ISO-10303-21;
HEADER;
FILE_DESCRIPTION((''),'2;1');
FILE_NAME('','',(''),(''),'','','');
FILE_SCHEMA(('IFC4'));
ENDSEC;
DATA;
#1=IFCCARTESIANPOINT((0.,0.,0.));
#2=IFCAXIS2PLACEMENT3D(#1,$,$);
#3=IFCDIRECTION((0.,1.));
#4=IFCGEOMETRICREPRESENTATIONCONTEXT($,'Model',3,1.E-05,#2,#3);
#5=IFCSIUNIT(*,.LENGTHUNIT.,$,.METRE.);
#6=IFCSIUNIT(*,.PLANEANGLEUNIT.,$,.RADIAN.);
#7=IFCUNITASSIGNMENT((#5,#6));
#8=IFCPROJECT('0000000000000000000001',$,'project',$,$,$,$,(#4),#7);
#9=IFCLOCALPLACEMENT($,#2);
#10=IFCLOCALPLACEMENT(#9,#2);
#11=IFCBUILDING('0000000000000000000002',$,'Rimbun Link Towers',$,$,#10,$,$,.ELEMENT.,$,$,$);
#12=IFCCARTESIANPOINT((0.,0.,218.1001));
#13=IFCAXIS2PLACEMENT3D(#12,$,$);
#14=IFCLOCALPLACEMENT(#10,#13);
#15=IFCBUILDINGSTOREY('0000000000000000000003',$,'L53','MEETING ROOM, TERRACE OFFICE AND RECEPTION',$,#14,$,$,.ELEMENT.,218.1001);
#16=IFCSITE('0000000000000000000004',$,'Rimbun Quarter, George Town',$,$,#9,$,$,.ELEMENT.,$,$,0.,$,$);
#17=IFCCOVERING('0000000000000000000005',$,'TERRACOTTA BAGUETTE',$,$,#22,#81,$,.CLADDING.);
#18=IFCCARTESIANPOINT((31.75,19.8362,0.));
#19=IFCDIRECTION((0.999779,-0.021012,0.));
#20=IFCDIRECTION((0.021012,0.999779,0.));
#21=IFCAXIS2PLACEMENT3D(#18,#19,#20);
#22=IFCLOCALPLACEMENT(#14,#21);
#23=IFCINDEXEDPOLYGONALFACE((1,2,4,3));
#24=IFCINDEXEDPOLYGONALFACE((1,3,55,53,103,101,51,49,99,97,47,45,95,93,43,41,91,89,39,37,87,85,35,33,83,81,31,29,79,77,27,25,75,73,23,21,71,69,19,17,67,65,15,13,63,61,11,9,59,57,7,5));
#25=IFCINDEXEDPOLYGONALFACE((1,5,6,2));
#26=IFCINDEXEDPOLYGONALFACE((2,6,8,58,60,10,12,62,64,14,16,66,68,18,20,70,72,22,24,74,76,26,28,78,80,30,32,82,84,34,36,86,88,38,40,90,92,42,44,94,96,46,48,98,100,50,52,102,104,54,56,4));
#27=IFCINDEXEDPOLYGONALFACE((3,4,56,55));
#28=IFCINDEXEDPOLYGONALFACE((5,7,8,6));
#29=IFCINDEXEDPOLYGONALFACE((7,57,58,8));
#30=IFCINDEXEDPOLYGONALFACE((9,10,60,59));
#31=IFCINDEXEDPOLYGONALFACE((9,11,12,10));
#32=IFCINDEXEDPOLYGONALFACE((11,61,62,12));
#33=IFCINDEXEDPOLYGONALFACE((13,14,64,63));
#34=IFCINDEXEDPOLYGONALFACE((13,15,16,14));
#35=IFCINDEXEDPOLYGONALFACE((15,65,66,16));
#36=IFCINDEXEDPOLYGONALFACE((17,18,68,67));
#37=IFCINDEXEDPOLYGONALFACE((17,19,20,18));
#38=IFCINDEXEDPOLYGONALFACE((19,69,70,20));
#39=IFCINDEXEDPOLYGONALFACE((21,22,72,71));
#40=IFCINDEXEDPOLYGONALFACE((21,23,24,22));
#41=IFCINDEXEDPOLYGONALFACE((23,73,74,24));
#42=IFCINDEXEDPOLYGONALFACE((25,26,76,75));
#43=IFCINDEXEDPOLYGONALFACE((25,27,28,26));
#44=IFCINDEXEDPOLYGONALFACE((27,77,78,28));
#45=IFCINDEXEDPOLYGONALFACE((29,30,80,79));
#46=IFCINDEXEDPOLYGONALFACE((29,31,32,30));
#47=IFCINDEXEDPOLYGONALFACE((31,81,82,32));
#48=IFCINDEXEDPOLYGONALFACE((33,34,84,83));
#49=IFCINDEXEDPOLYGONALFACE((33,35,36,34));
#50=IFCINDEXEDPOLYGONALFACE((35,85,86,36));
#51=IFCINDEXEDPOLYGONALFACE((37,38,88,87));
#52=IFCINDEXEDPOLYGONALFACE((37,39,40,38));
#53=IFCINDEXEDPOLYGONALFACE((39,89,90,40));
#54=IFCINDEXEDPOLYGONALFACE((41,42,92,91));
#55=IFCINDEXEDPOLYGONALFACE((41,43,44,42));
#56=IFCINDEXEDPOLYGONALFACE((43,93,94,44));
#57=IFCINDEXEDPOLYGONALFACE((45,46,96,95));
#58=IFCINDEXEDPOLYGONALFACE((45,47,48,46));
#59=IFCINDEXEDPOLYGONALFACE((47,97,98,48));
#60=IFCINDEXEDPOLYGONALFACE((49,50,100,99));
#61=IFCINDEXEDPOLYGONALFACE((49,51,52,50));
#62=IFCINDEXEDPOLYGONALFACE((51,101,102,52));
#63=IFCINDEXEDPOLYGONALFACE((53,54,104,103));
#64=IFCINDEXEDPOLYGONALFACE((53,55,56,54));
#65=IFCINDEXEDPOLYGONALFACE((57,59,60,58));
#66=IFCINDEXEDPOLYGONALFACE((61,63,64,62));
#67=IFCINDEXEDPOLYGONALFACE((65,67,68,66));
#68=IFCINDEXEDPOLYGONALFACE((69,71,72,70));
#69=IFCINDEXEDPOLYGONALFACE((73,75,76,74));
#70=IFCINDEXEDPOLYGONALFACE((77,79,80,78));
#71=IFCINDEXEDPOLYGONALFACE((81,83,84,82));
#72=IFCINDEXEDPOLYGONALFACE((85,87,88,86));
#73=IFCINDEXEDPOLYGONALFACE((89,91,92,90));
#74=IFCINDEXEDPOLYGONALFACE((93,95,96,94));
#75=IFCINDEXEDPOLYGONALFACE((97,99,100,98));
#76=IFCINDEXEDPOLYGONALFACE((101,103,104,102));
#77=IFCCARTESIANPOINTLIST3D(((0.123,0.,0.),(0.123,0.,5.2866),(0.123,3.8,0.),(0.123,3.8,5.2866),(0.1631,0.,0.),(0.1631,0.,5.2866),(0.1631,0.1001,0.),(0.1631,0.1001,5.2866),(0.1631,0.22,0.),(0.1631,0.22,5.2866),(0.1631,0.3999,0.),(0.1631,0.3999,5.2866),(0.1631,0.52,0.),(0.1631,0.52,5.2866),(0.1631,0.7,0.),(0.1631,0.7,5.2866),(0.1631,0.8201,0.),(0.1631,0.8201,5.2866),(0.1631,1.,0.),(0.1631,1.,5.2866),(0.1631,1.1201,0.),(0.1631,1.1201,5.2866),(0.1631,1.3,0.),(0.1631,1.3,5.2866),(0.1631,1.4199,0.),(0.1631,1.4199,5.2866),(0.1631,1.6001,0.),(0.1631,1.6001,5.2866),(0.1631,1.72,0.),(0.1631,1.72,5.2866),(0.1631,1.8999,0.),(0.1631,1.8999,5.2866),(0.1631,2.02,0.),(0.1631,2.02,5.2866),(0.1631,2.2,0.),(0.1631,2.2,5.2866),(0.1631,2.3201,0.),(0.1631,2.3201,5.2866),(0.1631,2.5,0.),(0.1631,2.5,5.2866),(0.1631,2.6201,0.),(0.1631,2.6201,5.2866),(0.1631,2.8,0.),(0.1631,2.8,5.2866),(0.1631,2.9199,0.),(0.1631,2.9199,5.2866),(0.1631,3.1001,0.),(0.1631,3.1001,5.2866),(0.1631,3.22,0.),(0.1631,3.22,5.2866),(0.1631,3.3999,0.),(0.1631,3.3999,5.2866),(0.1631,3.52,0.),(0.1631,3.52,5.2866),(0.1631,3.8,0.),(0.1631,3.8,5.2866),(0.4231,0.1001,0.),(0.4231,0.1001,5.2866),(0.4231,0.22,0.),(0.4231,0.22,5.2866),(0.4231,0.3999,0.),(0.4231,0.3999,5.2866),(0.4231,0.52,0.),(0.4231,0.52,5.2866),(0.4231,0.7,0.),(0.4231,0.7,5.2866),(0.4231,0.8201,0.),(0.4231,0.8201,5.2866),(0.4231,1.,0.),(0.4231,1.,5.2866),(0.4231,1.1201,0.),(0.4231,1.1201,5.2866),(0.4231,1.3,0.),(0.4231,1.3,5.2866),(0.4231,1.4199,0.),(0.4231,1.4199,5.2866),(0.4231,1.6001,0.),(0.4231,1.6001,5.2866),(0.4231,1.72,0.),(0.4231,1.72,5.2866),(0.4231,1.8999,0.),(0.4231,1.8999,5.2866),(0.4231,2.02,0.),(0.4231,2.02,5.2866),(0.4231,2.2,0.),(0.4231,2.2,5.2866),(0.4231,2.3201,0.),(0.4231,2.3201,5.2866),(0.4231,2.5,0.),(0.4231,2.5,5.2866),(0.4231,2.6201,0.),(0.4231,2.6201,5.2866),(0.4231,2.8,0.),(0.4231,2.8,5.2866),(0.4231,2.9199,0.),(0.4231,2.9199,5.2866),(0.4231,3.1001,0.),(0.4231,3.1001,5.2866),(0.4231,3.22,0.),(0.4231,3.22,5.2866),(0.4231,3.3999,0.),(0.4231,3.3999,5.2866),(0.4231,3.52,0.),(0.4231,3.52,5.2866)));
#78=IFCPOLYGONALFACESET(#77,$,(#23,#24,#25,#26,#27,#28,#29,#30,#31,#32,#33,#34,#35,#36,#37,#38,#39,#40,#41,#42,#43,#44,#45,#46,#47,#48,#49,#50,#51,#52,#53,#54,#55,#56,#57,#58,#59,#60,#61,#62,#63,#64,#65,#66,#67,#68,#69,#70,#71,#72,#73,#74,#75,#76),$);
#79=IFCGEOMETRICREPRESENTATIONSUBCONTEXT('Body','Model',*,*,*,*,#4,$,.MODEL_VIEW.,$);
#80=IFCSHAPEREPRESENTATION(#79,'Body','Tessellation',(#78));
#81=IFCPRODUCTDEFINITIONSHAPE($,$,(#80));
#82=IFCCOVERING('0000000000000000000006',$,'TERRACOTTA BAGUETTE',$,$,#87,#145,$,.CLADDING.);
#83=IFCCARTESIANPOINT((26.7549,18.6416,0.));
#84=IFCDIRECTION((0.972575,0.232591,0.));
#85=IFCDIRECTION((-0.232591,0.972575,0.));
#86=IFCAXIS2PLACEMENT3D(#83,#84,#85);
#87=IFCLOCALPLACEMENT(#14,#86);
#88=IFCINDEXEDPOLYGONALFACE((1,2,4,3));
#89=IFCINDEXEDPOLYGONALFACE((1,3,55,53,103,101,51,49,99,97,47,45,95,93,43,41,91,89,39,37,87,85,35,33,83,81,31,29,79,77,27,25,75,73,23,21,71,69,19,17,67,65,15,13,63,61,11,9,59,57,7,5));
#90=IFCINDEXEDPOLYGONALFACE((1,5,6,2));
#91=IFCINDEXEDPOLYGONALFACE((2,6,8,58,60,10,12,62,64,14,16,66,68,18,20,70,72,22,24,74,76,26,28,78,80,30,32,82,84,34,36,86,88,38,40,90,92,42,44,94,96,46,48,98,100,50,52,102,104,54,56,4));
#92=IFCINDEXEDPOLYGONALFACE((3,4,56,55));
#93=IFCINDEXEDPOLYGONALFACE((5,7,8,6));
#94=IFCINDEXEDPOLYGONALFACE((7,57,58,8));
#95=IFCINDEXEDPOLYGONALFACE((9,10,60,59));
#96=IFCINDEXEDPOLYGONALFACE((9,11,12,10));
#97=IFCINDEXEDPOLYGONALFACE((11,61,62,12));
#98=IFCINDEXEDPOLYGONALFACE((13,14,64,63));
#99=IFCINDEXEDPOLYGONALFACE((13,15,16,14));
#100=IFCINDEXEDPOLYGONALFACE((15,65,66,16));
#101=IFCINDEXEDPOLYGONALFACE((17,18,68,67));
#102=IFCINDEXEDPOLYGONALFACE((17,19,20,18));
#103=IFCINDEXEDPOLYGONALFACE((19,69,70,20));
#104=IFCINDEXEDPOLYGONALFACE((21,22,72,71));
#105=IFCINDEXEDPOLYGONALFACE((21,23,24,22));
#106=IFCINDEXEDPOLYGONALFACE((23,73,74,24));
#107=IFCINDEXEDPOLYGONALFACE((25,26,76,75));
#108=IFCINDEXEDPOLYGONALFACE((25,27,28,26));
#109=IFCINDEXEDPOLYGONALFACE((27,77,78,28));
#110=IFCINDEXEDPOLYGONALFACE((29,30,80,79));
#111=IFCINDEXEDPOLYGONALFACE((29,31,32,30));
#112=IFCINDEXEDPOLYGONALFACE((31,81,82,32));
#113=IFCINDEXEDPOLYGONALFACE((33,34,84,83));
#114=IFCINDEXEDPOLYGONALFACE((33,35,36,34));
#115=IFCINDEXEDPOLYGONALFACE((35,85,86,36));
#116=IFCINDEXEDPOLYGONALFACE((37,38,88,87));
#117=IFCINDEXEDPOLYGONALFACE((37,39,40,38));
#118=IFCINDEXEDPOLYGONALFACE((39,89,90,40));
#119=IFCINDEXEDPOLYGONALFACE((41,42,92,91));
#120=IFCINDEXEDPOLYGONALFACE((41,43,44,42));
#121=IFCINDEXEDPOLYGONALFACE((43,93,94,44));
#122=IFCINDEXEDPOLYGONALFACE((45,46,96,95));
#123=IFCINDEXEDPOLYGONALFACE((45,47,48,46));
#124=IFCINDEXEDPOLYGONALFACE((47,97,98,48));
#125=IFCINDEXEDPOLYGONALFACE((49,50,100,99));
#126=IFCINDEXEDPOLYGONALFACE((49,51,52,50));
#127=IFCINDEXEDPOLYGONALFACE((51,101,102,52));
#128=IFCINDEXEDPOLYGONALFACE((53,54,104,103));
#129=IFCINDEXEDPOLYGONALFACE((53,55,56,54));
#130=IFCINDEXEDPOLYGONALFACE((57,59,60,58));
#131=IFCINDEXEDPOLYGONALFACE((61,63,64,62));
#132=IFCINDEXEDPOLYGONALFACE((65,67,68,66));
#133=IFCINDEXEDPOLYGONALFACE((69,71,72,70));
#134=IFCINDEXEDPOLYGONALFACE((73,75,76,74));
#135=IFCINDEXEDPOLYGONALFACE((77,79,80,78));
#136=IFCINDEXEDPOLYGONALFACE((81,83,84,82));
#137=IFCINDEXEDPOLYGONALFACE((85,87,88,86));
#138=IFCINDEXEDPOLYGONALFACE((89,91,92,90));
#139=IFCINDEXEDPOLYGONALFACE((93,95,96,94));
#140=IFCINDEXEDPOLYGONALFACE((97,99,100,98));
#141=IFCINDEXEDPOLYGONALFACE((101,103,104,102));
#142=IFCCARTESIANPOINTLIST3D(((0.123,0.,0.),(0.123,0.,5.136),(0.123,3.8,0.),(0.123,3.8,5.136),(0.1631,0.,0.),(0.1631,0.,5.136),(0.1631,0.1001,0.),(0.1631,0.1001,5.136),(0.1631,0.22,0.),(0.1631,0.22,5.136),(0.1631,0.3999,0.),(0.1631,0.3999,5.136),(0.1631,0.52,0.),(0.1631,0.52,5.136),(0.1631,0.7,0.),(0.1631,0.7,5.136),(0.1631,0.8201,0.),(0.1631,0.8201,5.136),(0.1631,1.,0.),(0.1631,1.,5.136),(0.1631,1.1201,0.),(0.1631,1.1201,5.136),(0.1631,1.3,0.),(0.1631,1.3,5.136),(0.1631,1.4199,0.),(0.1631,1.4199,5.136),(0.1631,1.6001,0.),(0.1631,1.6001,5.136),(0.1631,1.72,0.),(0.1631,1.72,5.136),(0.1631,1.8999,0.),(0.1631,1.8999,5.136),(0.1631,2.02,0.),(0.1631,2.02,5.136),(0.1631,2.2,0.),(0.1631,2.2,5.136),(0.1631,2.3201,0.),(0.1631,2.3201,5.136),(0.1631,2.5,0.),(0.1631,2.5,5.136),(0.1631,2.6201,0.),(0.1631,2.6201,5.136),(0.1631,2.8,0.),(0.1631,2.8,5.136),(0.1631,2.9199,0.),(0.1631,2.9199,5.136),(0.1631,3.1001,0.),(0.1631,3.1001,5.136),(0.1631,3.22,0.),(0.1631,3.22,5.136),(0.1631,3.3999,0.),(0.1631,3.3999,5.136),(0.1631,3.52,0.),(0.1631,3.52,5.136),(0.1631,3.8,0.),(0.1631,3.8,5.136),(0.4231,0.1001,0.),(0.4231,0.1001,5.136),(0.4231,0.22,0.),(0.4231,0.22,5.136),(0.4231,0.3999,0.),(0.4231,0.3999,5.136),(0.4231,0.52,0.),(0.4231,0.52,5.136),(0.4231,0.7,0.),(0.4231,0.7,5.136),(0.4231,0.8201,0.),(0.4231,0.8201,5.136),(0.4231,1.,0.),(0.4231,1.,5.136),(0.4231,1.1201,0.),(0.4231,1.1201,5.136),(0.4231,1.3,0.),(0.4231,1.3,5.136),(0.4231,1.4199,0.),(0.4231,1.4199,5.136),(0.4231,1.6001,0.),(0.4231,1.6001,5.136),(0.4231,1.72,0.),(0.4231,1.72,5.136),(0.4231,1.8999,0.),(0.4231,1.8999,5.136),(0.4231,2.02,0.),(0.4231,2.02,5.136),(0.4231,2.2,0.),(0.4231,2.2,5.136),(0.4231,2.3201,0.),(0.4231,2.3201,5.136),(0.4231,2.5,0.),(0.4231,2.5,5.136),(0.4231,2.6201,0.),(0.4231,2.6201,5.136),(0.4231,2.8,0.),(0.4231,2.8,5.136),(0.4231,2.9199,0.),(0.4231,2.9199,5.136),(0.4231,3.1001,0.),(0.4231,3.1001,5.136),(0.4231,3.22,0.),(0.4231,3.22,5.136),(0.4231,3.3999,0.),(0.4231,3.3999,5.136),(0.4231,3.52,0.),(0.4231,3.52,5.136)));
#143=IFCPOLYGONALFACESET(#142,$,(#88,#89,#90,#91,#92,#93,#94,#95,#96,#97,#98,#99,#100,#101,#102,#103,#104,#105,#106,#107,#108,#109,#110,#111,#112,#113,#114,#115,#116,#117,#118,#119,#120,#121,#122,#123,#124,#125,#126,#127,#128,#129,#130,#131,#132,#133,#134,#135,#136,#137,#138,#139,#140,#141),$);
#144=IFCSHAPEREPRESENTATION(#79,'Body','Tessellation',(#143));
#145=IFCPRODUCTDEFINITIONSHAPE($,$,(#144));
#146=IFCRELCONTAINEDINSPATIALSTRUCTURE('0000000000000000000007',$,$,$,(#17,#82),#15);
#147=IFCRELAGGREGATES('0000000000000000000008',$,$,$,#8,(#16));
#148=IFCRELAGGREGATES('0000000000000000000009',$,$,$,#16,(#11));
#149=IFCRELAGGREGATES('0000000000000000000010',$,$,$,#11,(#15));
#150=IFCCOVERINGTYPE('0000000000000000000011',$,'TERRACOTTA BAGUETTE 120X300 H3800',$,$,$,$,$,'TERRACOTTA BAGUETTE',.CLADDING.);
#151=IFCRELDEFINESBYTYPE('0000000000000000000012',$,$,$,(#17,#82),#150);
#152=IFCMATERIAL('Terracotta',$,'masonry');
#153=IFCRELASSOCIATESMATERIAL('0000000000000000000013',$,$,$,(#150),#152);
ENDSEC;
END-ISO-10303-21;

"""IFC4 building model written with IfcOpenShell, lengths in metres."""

from ifc_helpers import new_model, si_unit, direction, frame, origin, place, context, subcontext, project, spatial, polyline, outline, extrude, material, material_profile, profile_set, type_object, element, save


model = new_model("IFC4")

# Units and contexts
model_context = context("Model", 3, precision=1e-05, world=origin(), true_north=direction((0.0, 1.0)))
body_context = subcontext(model_context, "Body", "Model", "MODEL_VIEW")
ifc_project = project(units=[si_unit("LENGTHUNIT", "METRE"), si_unit("PLANEANGLEUNIT", "RADIAN")], contexts=[model_context])

# Site, building, storey
site_placement = place(None, origin())
site = spatial("IfcSite", under=ifc_project, at=site_placement, Name="Rimbun Quarter, George Town", CompositionType="ELEMENT", RefElevation=0.0)
building_placement = place(site_placement, origin())
building = spatial("IfcBuilding", under=site, at=building_placement, Name="Rimbun Link Towers", CompositionType="ELEMENT")
storey_placement = place(building_placement, frame((0.0, 0.0, 218.1001)))
storey = spatial("IfcBuildingStorey", under=building, at=storey_placement, Name="L53", Description="MEETING ROOM, TERRACE OFFICE AND RECEPTION", CompositionType="ELEMENT", Elevation=218.1001)

# Coverings
ifc_material_1 = material(Name="Terracotta", Category="masonry")
ifc_material_profile_1 = material_profile(ifc_material_1, outline(polyline([(0.123, 0.0), (0.1631, 0.0), (0.1631, 0.1001), (0.4231, 0.1001), (0.4231, 0.22), (0.1631, 0.22), (0.1631, 0.3999), (0.4231, 0.3999), (0.4231, 0.52), (0.1631, 0.52), (0.1631, 0.7), (0.4231, 0.7), (0.4231, 0.8201), (0.1631, 0.8201), (0.1631, 1.0), (0.4231, 1.0), (0.4231, 1.1201), (0.1631, 1.1201), (0.1631, 1.3), (0.4231, 1.3), (0.4231, 1.4199), (0.1631, 1.4199), (0.1631, 1.6001), (0.4231, 1.6001), (0.4231, 1.72), (0.1631, 1.72), (0.1631, 1.8999), (0.4231, 1.8999), (0.4231, 2.02), (0.1631, 2.02), (0.1631, 2.2), (0.4231, 2.2), (0.4231, 2.3201), (0.1631, 2.3201), (0.1631, 2.5), (0.4231, 2.5), (0.4231, 2.6201), (0.1631, 2.6201), (0.1631, 2.8), (0.4231, 2.8), (0.4231, 2.9199), (0.1631, 2.9199), (0.1631, 3.1001), (0.4231, 3.1001), (0.4231, 3.22), (0.1631, 3.22), (0.1631, 3.3999), (0.4231, 3.3999), (0.4231, 3.52), (0.1631, 3.52), (0.1631, 3.8), (0.123, 3.8), (0.123, 0.0)])), Name="BAGUETTE 120X300")
ifc_profile_set_1 = profile_set([ifc_material_profile_1], Name="Terracotta")
covering_type = type_object("IfcCoveringType", Name="TERRACOTTA BAGUETTE 120X300 H3800", ElementType="TERRACOTTA BAGUETTE", PredefinedType="CLADDING", material=ifc_profile_set_1)
covering_1_placement = place(storey_placement, frame((31.75, 19.8362, 0.0), z_axis=(0.999779, -0.021012, 0.0), x_axis=(0.021012, 0.999779, 0.0)))
element("IfcCovering", 1, at=covering_1_placement, inside=storey, type_object=covering_type, Name="TERRACOTTA BAGUETTE", PredefinedType="CLADDING", context=body_context, shape_type="SweptSolid", body=[
    extrude(outline(polyline([(0.123, 0.0), (0.1631, 0.0), (0.1631, 0.1001), (0.4231, 0.1001), (0.4231, 0.22), (0.1631, 0.22), (0.1631, 0.3999), (0.4231, 0.3999), (0.4231, 0.52), (0.1631, 0.52), (0.1631, 0.7), (0.4231, 0.7), (0.4231, 0.8201), (0.1631, 0.8201), (0.1631, 1.0), (0.4231, 1.0), (0.4231, 1.1201), (0.1631, 1.1201), (0.1631, 1.3), (0.4231, 1.3), (0.4231, 1.4199), (0.1631, 1.4199), (0.1631, 1.6001), (0.4231, 1.6001), (0.4231, 1.72), (0.1631, 1.72), (0.1631, 1.8999), (0.4231, 1.8999), (0.4231, 2.02), (0.1631, 2.02), (0.1631, 2.2), (0.4231, 2.2), (0.4231, 2.3201), (0.1631, 2.3201), (0.1631, 2.5), (0.4231, 2.5), (0.4231, 2.6201), (0.1631, 2.6201), (0.1631, 2.8), (0.4231, 2.8), (0.4231, 2.9199), (0.1631, 2.9199), (0.1631, 3.1001), (0.4231, 3.1001), (0.4231, 3.22), (0.1631, 3.22), (0.1631, 3.3999), (0.4231, 3.3999), (0.4231, 3.52), (0.1631, 3.52), (0.1631, 3.8), (0.123, 3.8), (0.123, 0.0)])), origin(), (0.0, 0.0, 1.0), 5.2866),
])
covering_2_placement = place(storey_placement, frame((26.7549, 18.6416, 0.0), z_axis=(0.972575, 0.232591, 0.0), x_axis=(-0.232591, 0.972575, 0.0)))
element("IfcCovering", 2, at=covering_2_placement, inside=storey, type_object=covering_type, Name="TERRACOTTA BAGUETTE", PredefinedType="CLADDING", context=body_context, shape_type="SweptSolid", body=[
    extrude(outline(polyline([(0.123, 0.0), (0.1631, 0.0), (0.1631, 0.1001), (0.4231, 0.1001), (0.4231, 0.22), (0.1631, 0.22), (0.1631, 0.3999), (0.4231, 0.3999), (0.4231, 0.52), (0.1631, 0.52), (0.1631, 0.7), (0.4231, 0.7), (0.4231, 0.8201), (0.1631, 0.8201), (0.1631, 1.0), (0.4231, 1.0), (0.4231, 1.1201), (0.1631, 1.1201), (0.1631, 1.3), (0.4231, 1.3), (0.4231, 1.4199), (0.1631, 1.4199), (0.1631, 1.6001), (0.4231, 1.6001), (0.4231, 1.72), (0.1631, 1.72), (0.1631, 1.8999), (0.4231, 1.8999), (0.4231, 2.02), (0.1631, 2.02), (0.1631, 2.2), (0.4231, 2.2), (0.4231, 2.3201), (0.1631, 2.3201), (0.1631, 2.5), (0.4231, 2.5), (0.4231, 2.6201), (0.1631, 2.6201), (0.1631, 2.8), (0.4231, 2.8), (0.4231, 2.9199), (0.1631, 2.9199), (0.1631, 3.1001), (0.4231, 3.1001), (0.4231, 3.22), (0.1631, 3.22), (0.1631, 3.3999), (0.4231, 3.3999), (0.4231, 3.52), (0.1631, 3.52), (0.1631, 3.8), (0.123, 3.8), (0.123, 0.0)])), origin(), (0.0, 0.0, 1.0), 5.136),
])

save(model, "model.ifc")
